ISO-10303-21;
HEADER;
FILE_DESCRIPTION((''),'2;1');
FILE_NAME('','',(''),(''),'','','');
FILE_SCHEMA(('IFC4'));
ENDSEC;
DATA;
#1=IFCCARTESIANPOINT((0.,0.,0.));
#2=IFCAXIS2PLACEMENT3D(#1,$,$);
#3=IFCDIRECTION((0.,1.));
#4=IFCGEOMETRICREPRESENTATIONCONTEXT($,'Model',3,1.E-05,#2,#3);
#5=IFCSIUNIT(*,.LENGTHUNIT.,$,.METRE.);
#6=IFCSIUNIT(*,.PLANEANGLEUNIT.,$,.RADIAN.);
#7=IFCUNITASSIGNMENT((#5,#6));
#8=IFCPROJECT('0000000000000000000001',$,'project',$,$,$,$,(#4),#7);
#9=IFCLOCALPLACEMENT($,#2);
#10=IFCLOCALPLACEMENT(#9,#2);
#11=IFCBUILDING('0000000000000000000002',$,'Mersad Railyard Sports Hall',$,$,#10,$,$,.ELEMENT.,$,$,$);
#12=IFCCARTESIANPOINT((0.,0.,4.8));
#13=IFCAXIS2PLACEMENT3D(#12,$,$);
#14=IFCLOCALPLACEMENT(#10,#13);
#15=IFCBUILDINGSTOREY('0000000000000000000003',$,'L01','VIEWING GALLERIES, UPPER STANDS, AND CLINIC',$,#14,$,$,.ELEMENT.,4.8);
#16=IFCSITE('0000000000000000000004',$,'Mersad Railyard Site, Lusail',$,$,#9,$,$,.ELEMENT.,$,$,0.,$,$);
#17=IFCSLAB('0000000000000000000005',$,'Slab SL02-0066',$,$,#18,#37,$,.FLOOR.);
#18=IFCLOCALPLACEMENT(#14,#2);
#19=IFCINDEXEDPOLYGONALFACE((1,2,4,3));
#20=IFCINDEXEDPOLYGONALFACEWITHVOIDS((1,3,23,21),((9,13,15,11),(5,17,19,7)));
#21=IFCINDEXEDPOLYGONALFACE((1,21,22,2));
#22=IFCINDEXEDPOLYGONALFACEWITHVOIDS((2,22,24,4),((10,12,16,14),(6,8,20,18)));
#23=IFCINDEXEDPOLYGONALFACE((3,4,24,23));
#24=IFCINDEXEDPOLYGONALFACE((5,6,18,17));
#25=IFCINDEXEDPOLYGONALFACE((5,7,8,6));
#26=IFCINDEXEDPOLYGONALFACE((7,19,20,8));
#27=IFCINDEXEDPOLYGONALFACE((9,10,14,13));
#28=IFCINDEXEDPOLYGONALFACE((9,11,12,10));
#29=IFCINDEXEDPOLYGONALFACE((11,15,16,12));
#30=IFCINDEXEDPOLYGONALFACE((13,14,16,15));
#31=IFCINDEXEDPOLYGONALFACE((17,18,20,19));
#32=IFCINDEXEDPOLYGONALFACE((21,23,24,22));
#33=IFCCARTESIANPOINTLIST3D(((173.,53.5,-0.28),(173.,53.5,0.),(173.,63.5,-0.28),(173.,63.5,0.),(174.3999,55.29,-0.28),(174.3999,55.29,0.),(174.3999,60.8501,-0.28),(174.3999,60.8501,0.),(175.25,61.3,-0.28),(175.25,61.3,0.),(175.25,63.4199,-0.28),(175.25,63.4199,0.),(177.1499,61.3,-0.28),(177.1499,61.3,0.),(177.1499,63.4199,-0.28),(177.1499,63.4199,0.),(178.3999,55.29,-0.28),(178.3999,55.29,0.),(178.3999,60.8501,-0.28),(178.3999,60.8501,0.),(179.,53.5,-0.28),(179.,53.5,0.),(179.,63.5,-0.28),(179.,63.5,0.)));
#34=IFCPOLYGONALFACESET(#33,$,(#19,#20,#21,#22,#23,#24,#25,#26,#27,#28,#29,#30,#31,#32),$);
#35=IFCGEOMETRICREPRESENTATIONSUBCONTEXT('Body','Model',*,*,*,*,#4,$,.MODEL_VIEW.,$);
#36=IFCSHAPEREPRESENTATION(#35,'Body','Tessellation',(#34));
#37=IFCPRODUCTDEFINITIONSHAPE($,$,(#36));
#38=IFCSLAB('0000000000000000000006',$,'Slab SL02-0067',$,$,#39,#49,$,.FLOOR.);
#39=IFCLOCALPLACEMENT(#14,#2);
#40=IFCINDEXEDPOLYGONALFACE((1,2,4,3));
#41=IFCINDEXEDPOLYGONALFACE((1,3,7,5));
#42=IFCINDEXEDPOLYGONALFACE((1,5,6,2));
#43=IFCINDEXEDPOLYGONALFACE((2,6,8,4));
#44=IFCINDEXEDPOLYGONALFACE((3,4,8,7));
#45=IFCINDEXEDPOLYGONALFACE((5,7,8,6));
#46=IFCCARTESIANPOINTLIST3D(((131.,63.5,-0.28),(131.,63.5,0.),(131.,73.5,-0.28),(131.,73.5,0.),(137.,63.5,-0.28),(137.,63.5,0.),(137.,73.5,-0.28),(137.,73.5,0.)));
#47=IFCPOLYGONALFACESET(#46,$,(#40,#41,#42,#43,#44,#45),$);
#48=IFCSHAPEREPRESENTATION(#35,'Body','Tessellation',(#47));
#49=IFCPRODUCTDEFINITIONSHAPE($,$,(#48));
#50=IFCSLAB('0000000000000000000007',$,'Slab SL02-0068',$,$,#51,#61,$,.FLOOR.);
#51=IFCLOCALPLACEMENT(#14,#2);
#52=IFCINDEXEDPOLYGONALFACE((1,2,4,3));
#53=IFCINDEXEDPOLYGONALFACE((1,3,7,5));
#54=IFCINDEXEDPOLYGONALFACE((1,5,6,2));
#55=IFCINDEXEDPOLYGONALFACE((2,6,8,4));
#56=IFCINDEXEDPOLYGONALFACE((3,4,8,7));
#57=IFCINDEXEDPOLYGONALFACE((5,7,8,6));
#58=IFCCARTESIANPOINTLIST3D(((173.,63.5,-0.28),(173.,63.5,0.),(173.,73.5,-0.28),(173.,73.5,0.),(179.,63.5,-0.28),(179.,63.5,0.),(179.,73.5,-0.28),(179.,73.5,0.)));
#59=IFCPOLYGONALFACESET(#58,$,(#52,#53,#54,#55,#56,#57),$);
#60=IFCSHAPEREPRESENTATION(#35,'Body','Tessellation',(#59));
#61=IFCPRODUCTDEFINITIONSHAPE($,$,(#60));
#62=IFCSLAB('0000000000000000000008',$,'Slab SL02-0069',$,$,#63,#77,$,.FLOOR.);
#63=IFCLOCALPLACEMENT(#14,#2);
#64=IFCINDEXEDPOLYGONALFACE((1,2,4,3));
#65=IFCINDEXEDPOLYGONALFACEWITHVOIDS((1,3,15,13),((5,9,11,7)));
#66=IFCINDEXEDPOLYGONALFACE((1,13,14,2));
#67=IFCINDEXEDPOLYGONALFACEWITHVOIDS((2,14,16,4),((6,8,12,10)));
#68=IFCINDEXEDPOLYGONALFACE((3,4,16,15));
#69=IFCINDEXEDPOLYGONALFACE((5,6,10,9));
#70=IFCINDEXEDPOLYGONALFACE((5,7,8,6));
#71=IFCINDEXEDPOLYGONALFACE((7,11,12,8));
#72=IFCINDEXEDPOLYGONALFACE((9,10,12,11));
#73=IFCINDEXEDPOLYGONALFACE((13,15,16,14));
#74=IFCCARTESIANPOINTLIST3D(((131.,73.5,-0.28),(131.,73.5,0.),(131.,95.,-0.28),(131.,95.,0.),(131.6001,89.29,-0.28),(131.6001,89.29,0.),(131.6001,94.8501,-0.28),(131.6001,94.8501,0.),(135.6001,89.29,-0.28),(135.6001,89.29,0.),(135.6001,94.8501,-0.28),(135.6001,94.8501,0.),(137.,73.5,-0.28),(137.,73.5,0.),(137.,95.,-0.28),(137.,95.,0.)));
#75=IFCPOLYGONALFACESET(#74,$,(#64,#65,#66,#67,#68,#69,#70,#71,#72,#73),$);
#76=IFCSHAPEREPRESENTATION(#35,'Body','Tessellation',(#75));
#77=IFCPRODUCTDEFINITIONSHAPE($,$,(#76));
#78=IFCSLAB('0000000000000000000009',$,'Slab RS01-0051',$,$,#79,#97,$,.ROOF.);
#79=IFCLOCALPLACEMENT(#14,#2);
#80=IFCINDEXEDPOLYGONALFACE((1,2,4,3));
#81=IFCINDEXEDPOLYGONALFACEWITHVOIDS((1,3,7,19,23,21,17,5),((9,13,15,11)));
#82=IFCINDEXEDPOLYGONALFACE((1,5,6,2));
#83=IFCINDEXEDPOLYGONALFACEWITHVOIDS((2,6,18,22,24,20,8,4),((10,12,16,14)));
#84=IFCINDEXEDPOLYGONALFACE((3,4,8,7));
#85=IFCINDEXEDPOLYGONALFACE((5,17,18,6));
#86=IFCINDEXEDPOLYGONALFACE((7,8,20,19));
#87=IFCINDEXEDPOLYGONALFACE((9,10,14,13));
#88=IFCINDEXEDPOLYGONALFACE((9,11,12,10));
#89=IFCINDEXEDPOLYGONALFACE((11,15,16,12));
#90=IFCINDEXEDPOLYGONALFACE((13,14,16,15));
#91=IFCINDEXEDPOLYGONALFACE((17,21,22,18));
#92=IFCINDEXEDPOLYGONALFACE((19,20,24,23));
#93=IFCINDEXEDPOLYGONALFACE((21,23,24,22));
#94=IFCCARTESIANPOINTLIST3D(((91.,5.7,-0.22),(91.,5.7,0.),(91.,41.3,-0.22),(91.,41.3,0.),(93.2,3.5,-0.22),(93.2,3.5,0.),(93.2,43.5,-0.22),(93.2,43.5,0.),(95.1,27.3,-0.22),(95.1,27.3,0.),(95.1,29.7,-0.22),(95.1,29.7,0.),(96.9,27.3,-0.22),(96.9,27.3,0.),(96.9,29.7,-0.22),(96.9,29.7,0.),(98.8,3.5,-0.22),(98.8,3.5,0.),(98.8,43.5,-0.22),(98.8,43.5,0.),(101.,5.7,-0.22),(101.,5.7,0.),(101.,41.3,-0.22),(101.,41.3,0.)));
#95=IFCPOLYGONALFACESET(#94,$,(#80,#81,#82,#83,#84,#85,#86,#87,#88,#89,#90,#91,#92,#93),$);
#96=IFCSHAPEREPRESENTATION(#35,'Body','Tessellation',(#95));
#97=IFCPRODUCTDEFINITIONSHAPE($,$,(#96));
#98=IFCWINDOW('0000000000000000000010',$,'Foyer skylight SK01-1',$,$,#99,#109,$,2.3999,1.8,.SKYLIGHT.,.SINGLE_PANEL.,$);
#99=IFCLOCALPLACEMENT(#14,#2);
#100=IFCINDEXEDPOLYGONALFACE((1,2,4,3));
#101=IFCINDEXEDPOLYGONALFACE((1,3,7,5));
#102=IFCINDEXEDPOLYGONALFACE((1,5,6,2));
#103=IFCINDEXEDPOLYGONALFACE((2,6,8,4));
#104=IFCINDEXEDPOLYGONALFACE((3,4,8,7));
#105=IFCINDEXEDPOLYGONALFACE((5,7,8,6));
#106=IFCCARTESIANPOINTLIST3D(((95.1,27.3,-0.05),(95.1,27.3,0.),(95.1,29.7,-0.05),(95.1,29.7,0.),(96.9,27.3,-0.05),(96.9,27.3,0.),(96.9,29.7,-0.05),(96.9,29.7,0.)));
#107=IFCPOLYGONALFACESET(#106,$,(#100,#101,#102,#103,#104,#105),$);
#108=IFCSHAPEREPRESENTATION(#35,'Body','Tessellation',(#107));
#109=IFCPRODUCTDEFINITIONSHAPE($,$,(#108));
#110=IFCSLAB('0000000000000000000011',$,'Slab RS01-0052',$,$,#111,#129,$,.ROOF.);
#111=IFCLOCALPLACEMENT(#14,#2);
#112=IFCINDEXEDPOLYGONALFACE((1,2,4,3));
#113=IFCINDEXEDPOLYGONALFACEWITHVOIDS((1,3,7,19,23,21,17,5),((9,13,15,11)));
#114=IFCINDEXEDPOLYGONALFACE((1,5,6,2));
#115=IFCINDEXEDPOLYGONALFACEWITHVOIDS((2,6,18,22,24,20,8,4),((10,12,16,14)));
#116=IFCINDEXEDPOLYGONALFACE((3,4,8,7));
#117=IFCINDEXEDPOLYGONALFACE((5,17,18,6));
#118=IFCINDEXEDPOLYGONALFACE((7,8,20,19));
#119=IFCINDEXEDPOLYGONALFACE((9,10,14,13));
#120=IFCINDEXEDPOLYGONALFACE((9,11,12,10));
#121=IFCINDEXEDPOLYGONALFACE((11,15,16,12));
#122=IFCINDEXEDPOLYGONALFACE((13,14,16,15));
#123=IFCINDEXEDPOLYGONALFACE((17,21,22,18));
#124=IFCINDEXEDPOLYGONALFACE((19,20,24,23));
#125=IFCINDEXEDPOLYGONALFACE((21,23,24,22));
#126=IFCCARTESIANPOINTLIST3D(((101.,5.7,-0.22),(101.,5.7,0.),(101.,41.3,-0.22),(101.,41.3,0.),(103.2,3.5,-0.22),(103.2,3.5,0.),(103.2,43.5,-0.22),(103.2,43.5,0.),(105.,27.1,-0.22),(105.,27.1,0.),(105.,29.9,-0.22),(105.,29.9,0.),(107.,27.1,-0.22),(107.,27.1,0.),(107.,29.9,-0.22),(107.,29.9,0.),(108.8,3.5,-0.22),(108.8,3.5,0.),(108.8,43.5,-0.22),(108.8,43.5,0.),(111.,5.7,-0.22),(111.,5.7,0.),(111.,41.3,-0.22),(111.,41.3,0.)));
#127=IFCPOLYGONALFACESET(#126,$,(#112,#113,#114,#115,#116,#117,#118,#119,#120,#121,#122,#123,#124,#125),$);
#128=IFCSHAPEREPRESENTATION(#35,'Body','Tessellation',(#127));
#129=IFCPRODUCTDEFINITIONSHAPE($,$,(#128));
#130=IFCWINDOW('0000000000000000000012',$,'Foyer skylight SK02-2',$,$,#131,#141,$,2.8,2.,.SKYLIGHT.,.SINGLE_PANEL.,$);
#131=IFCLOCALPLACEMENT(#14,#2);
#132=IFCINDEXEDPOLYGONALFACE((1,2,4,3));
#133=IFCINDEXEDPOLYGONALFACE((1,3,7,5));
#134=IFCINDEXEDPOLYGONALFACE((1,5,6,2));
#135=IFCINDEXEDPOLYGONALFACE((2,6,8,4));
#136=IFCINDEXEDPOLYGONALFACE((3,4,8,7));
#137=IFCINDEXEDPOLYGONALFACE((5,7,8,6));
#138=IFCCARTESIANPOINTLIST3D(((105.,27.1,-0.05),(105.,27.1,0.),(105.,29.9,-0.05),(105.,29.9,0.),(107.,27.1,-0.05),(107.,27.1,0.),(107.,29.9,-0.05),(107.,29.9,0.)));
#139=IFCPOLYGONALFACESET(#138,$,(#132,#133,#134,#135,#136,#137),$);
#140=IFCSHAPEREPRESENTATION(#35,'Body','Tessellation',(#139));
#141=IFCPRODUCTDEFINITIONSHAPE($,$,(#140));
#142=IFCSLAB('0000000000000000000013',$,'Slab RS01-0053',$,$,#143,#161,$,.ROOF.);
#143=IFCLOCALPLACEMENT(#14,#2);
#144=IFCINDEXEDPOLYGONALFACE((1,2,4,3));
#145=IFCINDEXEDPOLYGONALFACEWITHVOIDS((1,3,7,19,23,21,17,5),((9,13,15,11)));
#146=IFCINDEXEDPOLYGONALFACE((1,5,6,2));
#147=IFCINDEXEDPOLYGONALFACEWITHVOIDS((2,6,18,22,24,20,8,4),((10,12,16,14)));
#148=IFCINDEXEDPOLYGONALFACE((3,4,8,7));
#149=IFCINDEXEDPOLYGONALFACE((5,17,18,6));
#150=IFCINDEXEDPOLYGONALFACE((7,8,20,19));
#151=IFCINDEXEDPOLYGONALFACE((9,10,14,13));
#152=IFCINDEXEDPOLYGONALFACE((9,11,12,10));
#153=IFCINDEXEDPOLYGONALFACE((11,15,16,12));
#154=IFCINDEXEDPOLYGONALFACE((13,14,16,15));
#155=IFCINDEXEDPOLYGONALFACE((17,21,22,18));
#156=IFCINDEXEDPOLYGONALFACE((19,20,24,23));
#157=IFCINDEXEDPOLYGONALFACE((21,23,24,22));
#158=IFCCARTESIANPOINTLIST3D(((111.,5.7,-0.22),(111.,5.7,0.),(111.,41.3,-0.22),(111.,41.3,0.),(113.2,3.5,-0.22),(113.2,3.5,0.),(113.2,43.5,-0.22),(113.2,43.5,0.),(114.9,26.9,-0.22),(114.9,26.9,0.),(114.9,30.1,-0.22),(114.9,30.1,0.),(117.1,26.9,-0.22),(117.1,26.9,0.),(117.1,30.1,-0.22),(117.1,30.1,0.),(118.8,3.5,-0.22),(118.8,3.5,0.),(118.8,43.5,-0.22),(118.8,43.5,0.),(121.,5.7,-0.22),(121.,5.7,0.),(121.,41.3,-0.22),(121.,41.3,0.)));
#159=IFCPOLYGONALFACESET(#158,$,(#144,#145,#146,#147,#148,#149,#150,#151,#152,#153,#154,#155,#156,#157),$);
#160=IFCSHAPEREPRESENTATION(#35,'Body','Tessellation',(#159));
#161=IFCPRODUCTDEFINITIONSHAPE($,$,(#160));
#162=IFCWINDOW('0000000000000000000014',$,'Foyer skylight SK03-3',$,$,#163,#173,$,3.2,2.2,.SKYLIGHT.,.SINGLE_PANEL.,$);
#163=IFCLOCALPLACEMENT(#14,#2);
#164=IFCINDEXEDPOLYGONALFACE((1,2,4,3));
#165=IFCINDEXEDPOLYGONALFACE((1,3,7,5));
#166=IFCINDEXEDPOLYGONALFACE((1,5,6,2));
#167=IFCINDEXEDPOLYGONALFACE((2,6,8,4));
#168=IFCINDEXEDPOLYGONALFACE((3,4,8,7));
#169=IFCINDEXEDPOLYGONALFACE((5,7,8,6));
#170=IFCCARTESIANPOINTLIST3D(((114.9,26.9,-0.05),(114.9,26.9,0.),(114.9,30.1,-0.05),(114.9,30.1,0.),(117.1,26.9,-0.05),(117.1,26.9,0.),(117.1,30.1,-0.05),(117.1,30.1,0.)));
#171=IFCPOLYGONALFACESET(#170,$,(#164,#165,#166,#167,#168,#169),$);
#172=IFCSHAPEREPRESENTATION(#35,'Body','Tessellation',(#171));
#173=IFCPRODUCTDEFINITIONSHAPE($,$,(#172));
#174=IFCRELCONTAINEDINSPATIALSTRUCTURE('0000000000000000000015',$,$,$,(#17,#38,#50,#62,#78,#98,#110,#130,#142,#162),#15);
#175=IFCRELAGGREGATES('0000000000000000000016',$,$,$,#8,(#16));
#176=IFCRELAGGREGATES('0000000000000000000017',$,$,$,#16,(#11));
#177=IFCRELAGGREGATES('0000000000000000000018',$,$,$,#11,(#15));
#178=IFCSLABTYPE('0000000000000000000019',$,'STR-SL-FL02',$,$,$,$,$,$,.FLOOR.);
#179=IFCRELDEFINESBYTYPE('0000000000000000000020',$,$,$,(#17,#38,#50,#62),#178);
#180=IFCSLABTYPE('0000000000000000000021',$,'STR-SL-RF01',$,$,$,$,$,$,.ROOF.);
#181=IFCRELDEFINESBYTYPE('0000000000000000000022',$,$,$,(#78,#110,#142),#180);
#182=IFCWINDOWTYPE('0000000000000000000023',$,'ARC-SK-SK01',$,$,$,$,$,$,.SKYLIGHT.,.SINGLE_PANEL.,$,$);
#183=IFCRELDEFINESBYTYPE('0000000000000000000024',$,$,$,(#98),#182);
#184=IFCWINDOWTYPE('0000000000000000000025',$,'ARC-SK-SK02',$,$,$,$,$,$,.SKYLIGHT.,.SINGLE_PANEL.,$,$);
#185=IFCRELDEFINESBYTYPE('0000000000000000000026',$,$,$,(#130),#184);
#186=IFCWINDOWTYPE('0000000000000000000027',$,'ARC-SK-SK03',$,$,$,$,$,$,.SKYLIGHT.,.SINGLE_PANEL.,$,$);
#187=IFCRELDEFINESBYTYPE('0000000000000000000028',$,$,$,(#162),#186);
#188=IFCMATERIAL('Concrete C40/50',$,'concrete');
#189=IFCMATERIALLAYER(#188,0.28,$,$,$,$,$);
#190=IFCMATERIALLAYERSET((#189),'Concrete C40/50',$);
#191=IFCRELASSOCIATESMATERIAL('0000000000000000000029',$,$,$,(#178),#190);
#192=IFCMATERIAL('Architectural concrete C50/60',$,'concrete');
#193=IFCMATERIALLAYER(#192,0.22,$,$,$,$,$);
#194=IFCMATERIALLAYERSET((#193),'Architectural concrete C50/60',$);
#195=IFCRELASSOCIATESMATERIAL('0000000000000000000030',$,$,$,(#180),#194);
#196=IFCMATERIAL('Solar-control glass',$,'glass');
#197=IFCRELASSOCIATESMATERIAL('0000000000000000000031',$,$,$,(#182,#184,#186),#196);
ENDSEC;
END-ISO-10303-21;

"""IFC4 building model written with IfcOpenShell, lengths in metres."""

from ifc_helpers import new_model, si_unit, direction, frame, origin, origin_2d, place, context, subcontext, project, spatial, polyline, rectangle, outline, extrude, material, layer, layer_set, type_object, element, fill, save


model = new_model("IFC4")

# Units and contexts
model_context = context("Model", 3, precision=1e-05, world=origin(), true_north=direction((0.0, 1.0)))
body_context = subcontext(model_context, "Body", "Model", "MODEL_VIEW")
ifc_project = project(units=[si_unit("LENGTHUNIT", "METRE"), si_unit("PLANEANGLEUNIT", "RADIAN")], contexts=[model_context])

# Site, building, storey
site_placement = place(None, origin())
site = spatial("IfcSite", under=ifc_project, at=site_placement, Name="Mersad Railyard Site, Lusail", CompositionType="ELEMENT", RefElevation=0.0)
building_placement = place(site_placement, origin())
building = spatial("IfcBuilding", under=site, at=building_placement, Name="Mersad Railyard Sports Hall", CompositionType="ELEMENT")
storey_placement = place(building_placement, frame((0.0, 0.0, 4.8)))
storey = spatial("IfcBuildingStorey", under=building, at=storey_placement, Name="L01", Description="VIEWING GALLERIES, UPPER STANDS, AND CLINIC", CompositionType="ELEMENT", Elevation=4.8)

# Slabs
ifc_material_1 = material(Name="Concrete C40/50", Category="concrete")
ifc_layer_1 = layer(ifc_material_1, 0.28)
ifc_layer_set_1 = layer_set([ifc_layer_1], Name="Concrete C40/50")
slab_type_1 = type_object("IfcSlabType", Name="STR-SL-FL02", PredefinedType="FLOOR", material=ifc_layer_set_1)
slab_1_placement = place(storey_placement, frame((0.0, 0.0, -0.28)))
element("IfcSlab", 1, at=slab_1_placement, inside=storey, type_object=slab_type_1, Name="Slab SL02-0066", PredefinedType="FLOOR", context=body_context, shape_type="SweptSolid", body=[
    extrude(outline(polyline([(173.0, 53.5), (179.0, 53.5), (179.0, 63.5), (173.0, 63.5), (173.0, 53.5)]), holes=[polyline([(174.3999, 55.29), (178.3999, 55.29), (178.3999, 60.8501), (174.3999, 60.8501), (174.3999, 55.29)]), polyline([(175.25, 61.3), (177.1499, 61.3), (177.1499, 63.4199), (175.25, 63.4199), (175.25, 61.3)])]), origin(), (0.0, 0.0, 1.0), 0.28),
])
slab_2_placement = place(storey_placement, frame((0.0, 0.0, -0.28)))
element("IfcSlab", 2, at=slab_2_placement, inside=storey, type_object=slab_type_1, Name="Slab SL02-0067", PredefinedType="FLOOR", context=body_context, shape_type="SweptSolid", body=[
    extrude(outline(polyline([(131.0, 63.5), (137.0, 63.5), (137.0, 73.5), (131.0, 73.5), (131.0, 63.5)])), origin(), (0.0, 0.0, 1.0), 0.28),
])
slab_3_placement = place(storey_placement, frame((0.0, 0.0, -0.28)))
element("IfcSlab", 3, at=slab_3_placement, inside=storey, type_object=slab_type_1, Name="Slab SL02-0068", PredefinedType="FLOOR", context=body_context, shape_type="SweptSolid", body=[
    extrude(outline(polyline([(173.0, 63.5), (179.0, 63.5), (179.0, 73.5), (173.0, 73.5), (173.0, 63.5)])), origin(), (0.0, 0.0, 1.0), 0.28),
])
slab_4_placement = place(storey_placement, frame((0.0, 0.0, -0.28)))
element("IfcSlab", 4, at=slab_4_placement, inside=storey, type_object=slab_type_1, Name="Slab SL02-0069", PredefinedType="FLOOR", context=body_context, shape_type="SweptSolid", body=[
    extrude(outline(polyline([(131.0, 73.5), (137.0, 73.5), (137.0, 95.0), (131.0, 95.0), (131.0, 73.5)]), holes=[polyline([(131.6001, 89.29), (135.6001, 89.29), (135.6001, 94.8501), (131.6001, 94.8501), (131.6001, 89.29)])]), origin(), (0.0, 0.0, 1.0), 0.28),
])

# Slabs, openings, windows
ifc_material_2 = material(Name="Architectural concrete C50/60", Category="concrete")
ifc_layer_2 = layer(ifc_material_2, 0.22)
ifc_layer_set_2 = layer_set([ifc_layer_2], Name="Architectural concrete C50/60")
slab_type_2 = type_object("IfcSlabType", Name="STR-SL-RF01", PredefinedType="ROOF", material=ifc_layer_set_2)
slab_5_placement = place(storey_placement, frame((0.0, 0.0, -0.22)))
slab_5 = element("IfcSlab", 5, at=slab_5_placement, inside=storey, type_object=slab_type_2, Name="Slab RS01-0051", PredefinedType="ROOF", context=body_context, shape_type="SweptSolid", body=[
    extrude(outline(polyline([(93.2, 3.5), (98.8, 3.5), (101.0, 5.7), (101.0, 41.3), (98.8, 43.5), (93.2, 43.5), (91.0, 41.3), (91.0, 5.7), (93.2, 3.5)])), origin(), (0.0, 0.0, 1.0), 0.22),
])
opening_1_placement = place(slab_5_placement, frame((96.0, 28.5, -0.01)))
opening_1 = element("IfcOpeningElement", 6, at=opening_1_placement, cuts=slab_5, PredefinedType="OPENING", context=body_context, shape_type="SweptSolid", body=[
    extrude(rectangle(XDim=1.8, YDim=2.3999, at=origin_2d()), origin(), (0.0, 0.0, 1.0), 0.24),
])
ifc_material_3 = material(Name="Solar-control glass", Category="glass")
window_type_1 = type_object("IfcWindowType", Name="ARC-SK-SK01", PartitioningType="SINGLE_PANEL", PredefinedType="SKYLIGHT", material=ifc_material_3)
window_1_placement = place(slab_5_placement, frame((96.0, 28.5, 0.1699)))
window_1 = element("IfcWindow", 7, at=window_1_placement, inside=storey, type_object=window_type_1, Name="Foyer skylight SK01-1", OverallHeight=2.3999, OverallWidth=1.8, PartitioningType="SINGLE_PANEL", PredefinedType="SKYLIGHT", context=body_context, shape_type="SweptSolid", body=[
    extrude(rectangle(XDim=1.8, YDim=2.3999, at=origin_2d()), origin(), (0.0, 0.0, 1.0), 0.05),
])
fill(opening_1, window_1)
slab_6_placement = place(storey_placement, frame((0.0, 0.0, -0.22)))
slab_6 = element("IfcSlab", 8, at=slab_6_placement, inside=storey, type_object=slab_type_2, Name="Slab RS01-0052", PredefinedType="ROOF", context=body_context, shape_type="SweptSolid", body=[
    extrude(outline(polyline([(103.2, 3.5), (108.8, 3.5), (111.0, 5.7), (111.0, 41.3), (108.8, 43.5), (103.2, 43.5), (101.0, 41.3), (101.0, 5.7), (103.2, 3.5)])), origin(), (0.0, 0.0, 1.0), 0.22),
])
opening_2_placement = place(slab_6_placement, frame((106.0, 28.5, -0.01)))
opening_2 = element("IfcOpeningElement", 9, at=opening_2_placement, cuts=slab_6, PredefinedType="OPENING", context=body_context, shape_type="SweptSolid", body=[
    extrude(rectangle(XDim=2.0, YDim=2.8, at=origin_2d()), origin(), (0.0, 0.0, 1.0), 0.24),
])
window_type_2 = type_object("IfcWindowType", Name="ARC-SK-SK02", PartitioningType="SINGLE_PANEL", PredefinedType="SKYLIGHT", material=ifc_material_3)
window_2_placement = place(slab_6_placement, frame((106.0, 28.5, 0.1699)))
window_2 = element("IfcWindow", 10, at=window_2_placement, inside=storey, type_object=window_type_2, Name="Foyer skylight SK02-2", OverallHeight=2.8, OverallWidth=2.0, PartitioningType="SINGLE_PANEL", PredefinedType="SKYLIGHT", context=body_context, shape_type="SweptSolid", body=[
    extrude(rectangle(XDim=2.0, YDim=2.8, at=origin_2d()), origin(), (0.0, 0.0, 1.0), 0.05),
])
fill(opening_2, window_2)
slab_7_placement = place(storey_placement, frame((0.0, 0.0, -0.22)))
slab_7 = element("IfcSlab", 11, at=slab_7_placement, inside=storey, type_object=slab_type_2, Name="Slab RS01-0053", PredefinedType="ROOF", context=body_context, shape_type="SweptSolid", body=[
    extrude(outline(polyline([(113.2, 3.5), (118.8, 3.5), (121.0, 5.7), (121.0, 41.3), (118.8, 43.5), (113.2, 43.5), (111.0, 41.3), (111.0, 5.7), (113.2, 3.5)])), origin(), (0.0, 0.0, 1.0), 0.22),
])
opening_3_placement = place(slab_7_placement, frame((116.0, 28.5, -0.01)))
opening_3 = element("IfcOpeningElement", 12, at=opening_3_placement, cuts=slab_7, PredefinedType="OPENING", context=body_context, shape_type="SweptSolid", body=[
    extrude(rectangle(XDim=2.2, YDim=3.2, at=origin_2d()), origin(), (0.0, 0.0, 1.0), 0.24),
])
window_type_3 = type_object("IfcWindowType", Name="ARC-SK-SK03", PartitioningType="SINGLE_PANEL", PredefinedType="SKYLIGHT", material=ifc_material_3)
window_3_placement = place(slab_7_placement, frame((116.0, 28.5, 0.1699)))
window_3 = element("IfcWindow", 13, at=window_3_placement, inside=storey, type_object=window_type_3, Name="Foyer skylight SK03-3", OverallHeight=3.2, OverallWidth=2.2, PartitioningType="SINGLE_PANEL", PredefinedType="SKYLIGHT", context=body_context, shape_type="SweptSolid", body=[
    extrude(rectangle(XDim=2.2, YDim=3.2, at=origin_2d()), origin(), (0.0, 0.0, 1.0), 0.05),
])
fill(opening_3, window_3)

save(model, "model.ifc")
